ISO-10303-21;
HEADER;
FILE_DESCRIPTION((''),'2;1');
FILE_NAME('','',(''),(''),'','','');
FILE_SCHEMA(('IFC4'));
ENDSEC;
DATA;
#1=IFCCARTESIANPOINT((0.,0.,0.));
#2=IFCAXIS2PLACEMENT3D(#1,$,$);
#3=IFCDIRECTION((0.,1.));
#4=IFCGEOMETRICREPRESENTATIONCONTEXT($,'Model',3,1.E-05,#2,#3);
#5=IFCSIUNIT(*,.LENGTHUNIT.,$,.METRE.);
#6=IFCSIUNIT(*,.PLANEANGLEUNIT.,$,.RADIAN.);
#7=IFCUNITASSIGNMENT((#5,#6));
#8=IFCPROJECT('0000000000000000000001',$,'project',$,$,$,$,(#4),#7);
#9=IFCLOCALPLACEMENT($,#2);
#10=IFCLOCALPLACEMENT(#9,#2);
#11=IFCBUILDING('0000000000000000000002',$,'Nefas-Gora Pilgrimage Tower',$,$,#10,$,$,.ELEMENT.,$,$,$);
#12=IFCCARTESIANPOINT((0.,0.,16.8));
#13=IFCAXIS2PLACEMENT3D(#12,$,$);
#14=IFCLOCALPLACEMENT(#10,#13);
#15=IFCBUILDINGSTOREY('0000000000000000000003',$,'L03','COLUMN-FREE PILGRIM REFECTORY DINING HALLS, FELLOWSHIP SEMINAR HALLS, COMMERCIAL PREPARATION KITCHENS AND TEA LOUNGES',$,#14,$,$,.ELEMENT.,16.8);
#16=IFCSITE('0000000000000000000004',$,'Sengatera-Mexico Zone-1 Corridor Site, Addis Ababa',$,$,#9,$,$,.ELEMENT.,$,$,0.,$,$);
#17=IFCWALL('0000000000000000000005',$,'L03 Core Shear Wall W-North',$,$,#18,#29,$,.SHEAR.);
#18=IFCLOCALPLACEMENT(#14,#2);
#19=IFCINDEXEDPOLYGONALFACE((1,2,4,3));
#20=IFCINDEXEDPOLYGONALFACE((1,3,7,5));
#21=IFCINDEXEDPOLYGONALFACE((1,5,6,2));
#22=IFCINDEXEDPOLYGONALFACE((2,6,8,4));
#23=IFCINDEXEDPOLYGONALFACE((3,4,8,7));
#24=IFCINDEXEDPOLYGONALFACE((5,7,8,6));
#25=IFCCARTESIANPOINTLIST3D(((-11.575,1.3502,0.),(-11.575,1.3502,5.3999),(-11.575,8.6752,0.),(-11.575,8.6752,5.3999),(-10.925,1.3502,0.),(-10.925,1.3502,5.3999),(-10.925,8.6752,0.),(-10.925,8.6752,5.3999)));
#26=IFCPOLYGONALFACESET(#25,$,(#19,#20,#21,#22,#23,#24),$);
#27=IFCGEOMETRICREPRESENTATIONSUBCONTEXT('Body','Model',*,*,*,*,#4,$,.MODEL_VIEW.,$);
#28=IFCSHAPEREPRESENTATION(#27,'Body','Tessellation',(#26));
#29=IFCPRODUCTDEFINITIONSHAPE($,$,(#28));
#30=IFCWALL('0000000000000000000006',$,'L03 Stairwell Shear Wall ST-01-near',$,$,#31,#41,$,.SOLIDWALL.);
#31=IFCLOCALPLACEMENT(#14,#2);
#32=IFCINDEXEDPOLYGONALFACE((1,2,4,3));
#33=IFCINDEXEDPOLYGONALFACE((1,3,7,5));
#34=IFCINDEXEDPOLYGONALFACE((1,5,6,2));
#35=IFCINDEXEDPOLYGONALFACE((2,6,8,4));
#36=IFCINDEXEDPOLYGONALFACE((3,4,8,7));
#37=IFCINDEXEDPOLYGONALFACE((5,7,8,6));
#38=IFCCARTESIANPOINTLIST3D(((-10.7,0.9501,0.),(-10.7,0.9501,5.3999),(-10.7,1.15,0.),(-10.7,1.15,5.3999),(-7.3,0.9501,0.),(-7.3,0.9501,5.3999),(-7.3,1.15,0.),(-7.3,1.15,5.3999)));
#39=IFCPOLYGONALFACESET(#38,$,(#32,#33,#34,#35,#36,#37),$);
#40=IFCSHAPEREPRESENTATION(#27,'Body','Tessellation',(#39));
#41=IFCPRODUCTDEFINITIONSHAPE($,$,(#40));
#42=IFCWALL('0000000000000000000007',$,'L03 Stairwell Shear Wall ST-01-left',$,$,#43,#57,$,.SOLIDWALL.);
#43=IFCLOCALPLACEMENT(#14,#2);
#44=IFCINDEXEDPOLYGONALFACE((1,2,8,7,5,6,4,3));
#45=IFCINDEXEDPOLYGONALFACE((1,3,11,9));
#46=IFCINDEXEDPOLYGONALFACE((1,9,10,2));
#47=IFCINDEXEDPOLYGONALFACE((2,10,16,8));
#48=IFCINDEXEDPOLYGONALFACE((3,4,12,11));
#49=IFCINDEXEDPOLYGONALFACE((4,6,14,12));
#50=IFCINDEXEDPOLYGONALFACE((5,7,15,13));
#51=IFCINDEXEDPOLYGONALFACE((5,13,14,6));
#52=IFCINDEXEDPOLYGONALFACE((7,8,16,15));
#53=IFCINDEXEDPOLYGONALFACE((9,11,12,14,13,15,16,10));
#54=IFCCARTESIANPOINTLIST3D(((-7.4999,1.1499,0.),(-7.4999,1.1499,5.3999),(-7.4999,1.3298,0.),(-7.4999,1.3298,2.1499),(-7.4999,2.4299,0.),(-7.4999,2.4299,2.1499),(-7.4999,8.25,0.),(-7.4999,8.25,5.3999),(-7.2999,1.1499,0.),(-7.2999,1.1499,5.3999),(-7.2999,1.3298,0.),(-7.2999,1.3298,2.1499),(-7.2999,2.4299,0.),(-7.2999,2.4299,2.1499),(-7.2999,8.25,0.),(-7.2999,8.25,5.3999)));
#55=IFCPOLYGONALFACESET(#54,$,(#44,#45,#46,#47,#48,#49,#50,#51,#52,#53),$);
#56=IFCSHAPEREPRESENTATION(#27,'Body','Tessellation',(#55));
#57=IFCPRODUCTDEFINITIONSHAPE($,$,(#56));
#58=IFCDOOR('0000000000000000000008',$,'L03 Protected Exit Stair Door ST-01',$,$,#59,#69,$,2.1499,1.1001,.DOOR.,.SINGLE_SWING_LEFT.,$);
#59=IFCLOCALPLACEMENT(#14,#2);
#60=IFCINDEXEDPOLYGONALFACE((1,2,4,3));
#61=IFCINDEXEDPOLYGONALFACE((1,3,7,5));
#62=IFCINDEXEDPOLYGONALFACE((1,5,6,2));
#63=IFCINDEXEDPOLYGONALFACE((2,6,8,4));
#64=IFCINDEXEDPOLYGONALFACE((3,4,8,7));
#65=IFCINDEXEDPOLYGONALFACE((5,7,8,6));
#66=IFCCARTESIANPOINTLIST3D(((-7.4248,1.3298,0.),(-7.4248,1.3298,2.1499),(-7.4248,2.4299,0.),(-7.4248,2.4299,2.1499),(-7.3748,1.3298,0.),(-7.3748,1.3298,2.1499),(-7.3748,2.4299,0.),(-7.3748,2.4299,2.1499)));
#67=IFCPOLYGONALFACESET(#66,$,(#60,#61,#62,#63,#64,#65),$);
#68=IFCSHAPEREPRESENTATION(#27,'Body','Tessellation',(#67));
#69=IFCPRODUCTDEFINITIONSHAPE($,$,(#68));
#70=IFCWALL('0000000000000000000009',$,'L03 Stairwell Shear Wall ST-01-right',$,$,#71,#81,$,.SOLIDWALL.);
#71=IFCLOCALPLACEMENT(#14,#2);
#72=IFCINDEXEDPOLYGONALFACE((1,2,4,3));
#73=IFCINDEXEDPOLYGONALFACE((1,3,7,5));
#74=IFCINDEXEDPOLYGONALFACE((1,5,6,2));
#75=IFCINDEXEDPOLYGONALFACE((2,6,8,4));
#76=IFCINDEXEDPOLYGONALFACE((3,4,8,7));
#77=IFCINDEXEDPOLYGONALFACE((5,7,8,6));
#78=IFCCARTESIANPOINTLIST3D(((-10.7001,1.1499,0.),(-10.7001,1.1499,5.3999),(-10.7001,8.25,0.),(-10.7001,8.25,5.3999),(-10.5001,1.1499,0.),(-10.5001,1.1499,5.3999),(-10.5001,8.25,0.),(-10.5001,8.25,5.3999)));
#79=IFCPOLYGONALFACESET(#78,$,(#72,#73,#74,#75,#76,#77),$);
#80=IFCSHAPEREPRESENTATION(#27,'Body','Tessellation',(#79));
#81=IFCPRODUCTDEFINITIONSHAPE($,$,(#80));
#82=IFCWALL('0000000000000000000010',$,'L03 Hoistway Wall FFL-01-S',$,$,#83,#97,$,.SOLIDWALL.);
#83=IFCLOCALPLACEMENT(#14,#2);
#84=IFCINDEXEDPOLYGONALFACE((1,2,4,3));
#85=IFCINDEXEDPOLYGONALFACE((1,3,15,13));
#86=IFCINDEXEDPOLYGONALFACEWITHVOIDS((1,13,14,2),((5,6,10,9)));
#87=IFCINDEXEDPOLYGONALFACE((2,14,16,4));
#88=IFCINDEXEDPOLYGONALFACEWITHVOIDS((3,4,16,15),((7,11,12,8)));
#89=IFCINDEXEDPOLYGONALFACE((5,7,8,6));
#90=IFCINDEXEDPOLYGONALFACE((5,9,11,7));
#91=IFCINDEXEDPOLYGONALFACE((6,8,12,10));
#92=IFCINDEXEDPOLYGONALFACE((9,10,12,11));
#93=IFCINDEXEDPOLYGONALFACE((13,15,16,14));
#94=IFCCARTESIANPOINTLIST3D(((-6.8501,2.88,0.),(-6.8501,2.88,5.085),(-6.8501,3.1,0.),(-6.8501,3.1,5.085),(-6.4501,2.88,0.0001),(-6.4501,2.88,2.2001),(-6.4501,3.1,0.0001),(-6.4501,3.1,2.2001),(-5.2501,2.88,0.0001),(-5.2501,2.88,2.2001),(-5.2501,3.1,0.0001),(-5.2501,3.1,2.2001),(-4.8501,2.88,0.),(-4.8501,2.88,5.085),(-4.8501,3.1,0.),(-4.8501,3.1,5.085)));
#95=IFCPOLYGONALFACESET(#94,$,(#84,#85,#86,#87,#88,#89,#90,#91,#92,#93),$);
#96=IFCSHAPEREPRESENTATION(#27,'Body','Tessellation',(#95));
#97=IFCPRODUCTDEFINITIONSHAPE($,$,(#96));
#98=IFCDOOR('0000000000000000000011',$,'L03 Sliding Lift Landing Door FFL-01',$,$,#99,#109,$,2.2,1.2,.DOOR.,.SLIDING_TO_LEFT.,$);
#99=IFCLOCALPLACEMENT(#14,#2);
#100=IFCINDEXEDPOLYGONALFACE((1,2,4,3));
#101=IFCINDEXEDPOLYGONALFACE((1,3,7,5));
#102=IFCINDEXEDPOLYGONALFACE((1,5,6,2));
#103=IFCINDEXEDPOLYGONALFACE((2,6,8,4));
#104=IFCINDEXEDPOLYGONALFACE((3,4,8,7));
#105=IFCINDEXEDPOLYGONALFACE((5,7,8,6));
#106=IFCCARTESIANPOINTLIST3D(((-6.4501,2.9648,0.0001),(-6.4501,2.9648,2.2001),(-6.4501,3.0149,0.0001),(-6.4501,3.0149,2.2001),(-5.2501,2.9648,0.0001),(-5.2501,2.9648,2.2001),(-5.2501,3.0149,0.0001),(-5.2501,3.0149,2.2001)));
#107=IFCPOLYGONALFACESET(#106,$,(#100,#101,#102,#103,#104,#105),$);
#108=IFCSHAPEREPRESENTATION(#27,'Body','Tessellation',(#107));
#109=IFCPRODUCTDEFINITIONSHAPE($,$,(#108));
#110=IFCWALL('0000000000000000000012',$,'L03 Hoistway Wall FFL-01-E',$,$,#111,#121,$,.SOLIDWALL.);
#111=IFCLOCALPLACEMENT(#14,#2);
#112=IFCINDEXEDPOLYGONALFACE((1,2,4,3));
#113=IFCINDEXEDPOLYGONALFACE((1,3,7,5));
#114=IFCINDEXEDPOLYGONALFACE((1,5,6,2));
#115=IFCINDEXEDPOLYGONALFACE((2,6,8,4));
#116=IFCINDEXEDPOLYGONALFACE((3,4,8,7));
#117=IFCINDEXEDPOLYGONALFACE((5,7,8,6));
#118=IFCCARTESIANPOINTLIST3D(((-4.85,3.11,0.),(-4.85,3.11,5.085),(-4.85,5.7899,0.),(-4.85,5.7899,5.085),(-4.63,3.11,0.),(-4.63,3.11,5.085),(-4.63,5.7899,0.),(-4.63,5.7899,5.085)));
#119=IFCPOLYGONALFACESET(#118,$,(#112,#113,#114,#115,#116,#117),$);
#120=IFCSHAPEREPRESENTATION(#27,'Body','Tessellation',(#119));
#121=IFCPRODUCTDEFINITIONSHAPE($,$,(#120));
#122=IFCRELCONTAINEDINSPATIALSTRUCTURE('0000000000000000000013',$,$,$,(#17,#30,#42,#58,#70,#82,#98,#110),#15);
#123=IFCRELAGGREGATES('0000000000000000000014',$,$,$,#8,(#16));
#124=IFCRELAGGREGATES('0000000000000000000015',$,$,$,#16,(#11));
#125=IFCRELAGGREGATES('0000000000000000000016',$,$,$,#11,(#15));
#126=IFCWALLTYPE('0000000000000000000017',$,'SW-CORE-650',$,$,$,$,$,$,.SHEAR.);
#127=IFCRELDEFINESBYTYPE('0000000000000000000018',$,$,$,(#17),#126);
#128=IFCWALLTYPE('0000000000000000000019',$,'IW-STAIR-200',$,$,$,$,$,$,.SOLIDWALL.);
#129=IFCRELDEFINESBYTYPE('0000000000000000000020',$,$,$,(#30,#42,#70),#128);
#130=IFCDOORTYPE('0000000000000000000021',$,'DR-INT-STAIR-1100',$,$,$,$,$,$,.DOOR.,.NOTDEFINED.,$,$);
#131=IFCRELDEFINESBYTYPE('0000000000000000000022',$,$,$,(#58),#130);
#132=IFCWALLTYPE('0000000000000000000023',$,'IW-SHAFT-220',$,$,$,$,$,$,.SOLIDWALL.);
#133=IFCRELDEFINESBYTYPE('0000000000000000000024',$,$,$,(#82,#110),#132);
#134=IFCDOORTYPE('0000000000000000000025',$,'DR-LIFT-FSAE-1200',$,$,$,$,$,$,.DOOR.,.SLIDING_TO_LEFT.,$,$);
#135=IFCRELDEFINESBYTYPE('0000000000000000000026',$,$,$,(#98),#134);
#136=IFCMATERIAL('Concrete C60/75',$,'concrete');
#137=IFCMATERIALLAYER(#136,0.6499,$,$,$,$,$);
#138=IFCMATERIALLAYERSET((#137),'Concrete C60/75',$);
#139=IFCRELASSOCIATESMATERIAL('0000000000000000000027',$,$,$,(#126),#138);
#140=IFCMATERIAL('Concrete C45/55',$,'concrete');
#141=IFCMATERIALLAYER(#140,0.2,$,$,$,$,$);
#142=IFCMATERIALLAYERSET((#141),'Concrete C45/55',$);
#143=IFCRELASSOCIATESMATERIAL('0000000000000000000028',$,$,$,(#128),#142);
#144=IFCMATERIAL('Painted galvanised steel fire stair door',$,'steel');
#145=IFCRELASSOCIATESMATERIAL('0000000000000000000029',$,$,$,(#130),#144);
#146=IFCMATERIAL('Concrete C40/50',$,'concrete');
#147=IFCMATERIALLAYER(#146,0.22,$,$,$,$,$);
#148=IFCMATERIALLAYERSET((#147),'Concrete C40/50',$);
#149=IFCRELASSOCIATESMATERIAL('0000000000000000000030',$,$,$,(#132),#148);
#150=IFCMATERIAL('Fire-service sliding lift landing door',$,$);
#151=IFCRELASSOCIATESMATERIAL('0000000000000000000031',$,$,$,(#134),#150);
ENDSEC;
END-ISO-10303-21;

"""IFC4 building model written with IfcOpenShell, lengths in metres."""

from ifc_helpers import new_model, si_unit, direction, frame, frame_2d, origin, place, context, subcontext, project, spatial, rectangle, extrude, source, transform, mapped, material, layer, layer_set, type_object, element, fill, save


model = new_model("IFC4")

# Units and contexts
model_context = context("Model", 3, precision=1e-05, world=origin(), true_north=direction((0.0, 1.0)))
body_context = subcontext(model_context, "Body", "Model", "MODEL_VIEW")
ifc_project = project(units=[si_unit("LENGTHUNIT", "METRE"), si_unit("PLANEANGLEUNIT", "RADIAN")], contexts=[model_context])

# Site, building, storey
site_placement = place(None, origin())
site = spatial("IfcSite", under=ifc_project, at=site_placement, Name="Sengatera-Mexico Zone-1 Corridor Site, Addis Ababa", CompositionType="ELEMENT", RefElevation=0.0)
building_placement = place(site_placement, origin())
building = spatial("IfcBuilding", under=site, at=building_placement, Name="Nefas-Gora Pilgrimage Tower", CompositionType="ELEMENT")
storey_placement = place(building_placement, frame((0.0, 0.0, 16.8)))
storey = spatial("IfcBuildingStorey", under=building, at=storey_placement, Name="L03", Description="COLUMN-FREE PILGRIM REFECTORY DINING HALLS, FELLOWSHIP SEMINAR HALLS, COMMERCIAL PREPARATION KITCHENS AND TEA LOUNGES", CompositionType="ELEMENT", Elevation=16.8)

# Walls
ifc_material_1 = material(Name="Concrete C60/75", Category="concrete")
ifc_layer_1 = layer(ifc_material_1, 0.6499)
ifc_layer_set_1 = layer_set([ifc_layer_1], Name="Concrete C60/75")
wall_type_1 = type_object("IfcWallType", Name="SW-CORE-650", PredefinedType="SHEAR", material=ifc_layer_set_1)
shared_shape_1 = source(origin(), body_context, "Body", "SweptSolid", [
    extrude(rectangle(XDim=7.325, YDim=0.6499, at=frame_2d((3.6626, 0.0))), origin(), (0.0, 0.0, 1.0), 5.3999),
])
wall_1_placement = place(storey_placement, frame((-11.25, 1.3501, 0.0), z_axis=(0.0, 0.0, 1.0), x_axis=(0.0, 1.0, 0.0)))
element("IfcWall", 1, at=wall_1_placement, inside=storey, type_object=wall_type_1, Name="L03 Core Shear Wall W-North", PredefinedType="SHEAR", context=body_context, shape_type="MappedRepresentation", body=[
    mapped(shared_shape_1, transform((0.0, 0.0, 0.0), x_axis=(1.0, 0.0, 0.0), y_axis=(0.0, 1.0, 0.0), z_axis=(0.0, 0.0, 1.0), scale=1.0)),
])
ifc_material_2 = material(Name="Concrete C45/55", Category="concrete")
ifc_layer_2 = layer(ifc_material_2, 0.2)
ifc_layer_set_2 = layer_set([ifc_layer_2], Name="Concrete C45/55")
wall_type_2 = type_object("IfcWallType", Name="IW-STAIR-200", PredefinedType="SOLIDWALL", material=ifc_layer_set_2)
shared_shape_2 = source(origin(), body_context, "Body", "SweptSolid", [
    extrude(rectangle(XDim=3.3999, YDim=0.2, at=frame_2d((1.7, 0.0))), origin(), (0.0, 0.0, 1.0), 5.3999),
])
wall_2_placement = place(storey_placement, frame((-7.3, 1.05, 0.0), z_axis=(0.0, 0.0, 1.0), x_axis=(-1.0, 0.0, 0.0)))
element("IfcWall", 2, at=wall_2_placement, inside=storey, type_object=wall_type_2, Name="L03 Stairwell Shear Wall ST-01-near", PredefinedType="SOLIDWALL", context=body_context, shape_type="MappedRepresentation", body=[
    mapped(shared_shape_2, transform((0.0, 0.0, 0.0), x_axis=(1.0, 0.0, 0.0), y_axis=(0.0, 1.0, 0.0), z_axis=(0.0, 0.0, 1.0), scale=1.0)),
])

# Wall, opening, door
shared_shape_3 = source(origin(), body_context, "Body", "SweptSolid", [
    extrude(rectangle(XDim=7.1001, YDim=0.2, at=frame_2d((3.55, 0.0))), origin(), (0.0, 0.0, 1.0), 5.3999),
])
wall_3_placement = place(storey_placement, frame((-7.3999, 1.1499, 0.0), z_axis=(0.0, 0.0, 1.0), x_axis=(0.0, 1.0, 0.0)))
wall_3 = element("IfcWall", 3, at=wall_3_placement, inside=storey, type_object=wall_type_2, Name="L03 Stairwell Shear Wall ST-01-left", PredefinedType="SOLIDWALL", context=body_context, shape_type="MappedRepresentation", body=[
    mapped(shared_shape_3, transform((0.0, 0.0, 0.0), x_axis=(1.0, 0.0, 0.0), y_axis=(0.0, 1.0, 0.0), z_axis=(0.0, 0.0, 1.0), scale=1.0)),
])
opening_1_placement = place(wall_3_placement, frame((0.1799, 0.0, 0.0)))
opening_1 = element("IfcOpeningElement", 4, at=opening_1_placement, cuts=wall_3, PredefinedType="OPENING", context=body_context, shape_type="SweptSolid", body=[
    extrude(rectangle(XDim=1.1001, YDim=2.1499, at=frame_2d((0.55, 1.075))), frame((0.0, 0.1099, 0.0), z_axis=(0.0, -1.0, 0.0), x_axis=(1.0, 0.0, 0.0)), (0.0, 0.0, 1.0), 0.22),
])
ifc_material_3 = material(Name="Painted galvanised steel fire stair door", Category="steel")
door_type_1 = type_object("IfcDoorType", Name="DR-INT-STAIR-1100", OperationType="NOTDEFINED", PredefinedType="DOOR", material=ifc_material_3)
shared_shape_4 = source(origin(), body_context, "Body", "SweptSolid", [
    extrude(rectangle(XDim=1.1001, YDim=2.1499, at=frame_2d((0.55, 1.075))), frame((0.0, 0.0249, 0.0), z_axis=(0.0, -1.0, 0.0), x_axis=(1.0, 0.0, 0.0)), (0.0, 0.0, 1.0), 0.05),
])
door_1_placement = place(opening_1_placement, origin())
door_1 = element("IfcDoor", 5, at=door_1_placement, inside=storey, type_object=door_type_1, Name="L03 Protected Exit Stair Door ST-01", OperationType="SINGLE_SWING_LEFT", OverallHeight=2.1499, OverallWidth=1.1001, PredefinedType="DOOR", context=body_context, shape_type="MappedRepresentation", body=[
    mapped(shared_shape_4, transform((0.0, 0.0, 0.0), x_axis=(1.0, 0.0, 0.0), y_axis=(0.0, 1.0, 0.0), z_axis=(0.0, 0.0, 1.0), scale=1.0)),
])
fill(opening_1, door_1)

# Wall
wall_4_placement = place(storey_placement, frame((-10.6001, 1.1499, 0.0), z_axis=(0.0, 0.0, 1.0), x_axis=(0.0, 1.0, 0.0)))
element("IfcWall", 6, at=wall_4_placement, inside=storey, type_object=wall_type_2, Name="L03 Stairwell Shear Wall ST-01-right", PredefinedType="SOLIDWALL", context=body_context, shape_type="MappedRepresentation", body=[
    mapped(shared_shape_3, transform((0.0, 0.0, 0.0), x_axis=(1.0, 0.0, 0.0), y_axis=(0.0, 1.0, 0.0), z_axis=(0.0, 0.0, 1.0), scale=1.0)),
])

# Wall, opening, door
ifc_material_4 = material(Name="Concrete C40/50", Category="concrete")
ifc_layer_3 = layer(ifc_material_4, 0.22)
ifc_layer_set_3 = layer_set([ifc_layer_3], Name="Concrete C40/50")
wall_type_3 = type_object("IfcWallType", Name="IW-SHAFT-220", PredefinedType="SOLIDWALL", material=ifc_layer_set_3)
shared_shape_5 = source(origin(), body_context, "Body", "SweptSolid", [
    extrude(rectangle(XDim=2.0, YDim=0.22, at=frame_2d((1.0, 0.0))), origin(), (0.0, 0.0, 1.0), 5.085),
])
wall_5_placement = place(storey_placement, frame((-6.8501, 2.99, 0.0), z_axis=(0.0, 0.0, 1.0), x_axis=(1.0, 0.0, 0.0)))
wall_5 = element("IfcWall", 7, at=wall_5_placement, inside=storey, type_object=wall_type_3, Name="L03 Hoistway Wall FFL-01-S", PredefinedType="SOLIDWALL", context=body_context, shape_type="MappedRepresentation", body=[
    mapped(shared_shape_5, transform((0.0, 0.0, 0.0), x_axis=(1.0, 0.0, 0.0), y_axis=(0.0, 1.0, 0.0), z_axis=(0.0, 0.0, 1.0), scale=1.0)),
])
opening_2_placement = place(wall_5_placement, frame((0.3999, 0.0, 0.0)))
opening_2 = element("IfcOpeningElement", 8, at=opening_2_placement, cuts=wall_5, PredefinedType="OPENING", context=body_context, shape_type="SweptSolid", body=[
    extrude(rectangle(XDim=1.2, YDim=2.2, at=frame_2d((0.6001, 1.1001))), frame((0.0, 0.1199, 0.0), z_axis=(0.0, -1.0, 0.0), x_axis=(1.0, 0.0, 0.0)), (0.0, 0.0, 1.0), 0.24),
])
ifc_material_5 = material(Name="Fire-service sliding lift landing door")
door_type_2 = type_object("IfcDoorType", Name="DR-LIFT-FSAE-1200", OperationType="SLIDING_TO_LEFT", PredefinedType="DOOR", material=ifc_material_5)
shared_shape_6 = source(origin(), body_context, "Body", "SweptSolid", [
    extrude(rectangle(XDim=1.2, YDim=2.2, at=frame_2d((0.6001, 1.1001))), frame((0.0, 0.0249, 0.0), z_axis=(0.0, -1.0, 0.0), x_axis=(1.0, 0.0, 0.0)), (0.0, 0.0, 1.0), 0.05),
])
door_2_placement = place(opening_2_placement, origin())
door_2 = element("IfcDoor", 9, at=door_2_placement, inside=storey, type_object=door_type_2, Name="L03 Sliding Lift Landing Door FFL-01", OperationType="SLIDING_TO_LEFT", OverallHeight=2.2, OverallWidth=1.2, PredefinedType="DOOR", context=body_context, shape_type="MappedRepresentation", body=[
    mapped(shared_shape_6, transform((0.0, 0.0, 0.0), x_axis=(1.0, 0.0, 0.0), y_axis=(0.0, 1.0, 0.0), z_axis=(0.0, 0.0, 1.0), scale=1.0)),
])
fill(opening_2, door_2)

# Wall
shared_shape_7 = source(origin(), body_context, "Body", "SweptSolid", [
    extrude(rectangle(XDim=2.6799, YDim=0.22, at=frame_2d((1.3398, 0.0))), origin(), (0.0, 0.0, 1.0), 5.085),
])
wall_6_placement = place(storey_placement, frame((-4.74, 3.1101, 0.0), z_axis=(0.0, 0.0, 1.0), x_axis=(0.0, 1.0, 0.0)))
element("IfcWall", 10, at=wall_6_placement, inside=storey, type_object=wall_type_3, Name="L03 Hoistway Wall FFL-01-E", PredefinedType="SOLIDWALL", context=body_context, shape_type="MappedRepresentation", body=[
    mapped(shared_shape_7, transform((0.0, 0.0, 0.0), x_axis=(1.0, 0.0, 0.0), y_axis=(0.0, 1.0, 0.0), z_axis=(0.0, 0.0, 1.0), scale=1.0)),
])

save(model, "model.ifc")
